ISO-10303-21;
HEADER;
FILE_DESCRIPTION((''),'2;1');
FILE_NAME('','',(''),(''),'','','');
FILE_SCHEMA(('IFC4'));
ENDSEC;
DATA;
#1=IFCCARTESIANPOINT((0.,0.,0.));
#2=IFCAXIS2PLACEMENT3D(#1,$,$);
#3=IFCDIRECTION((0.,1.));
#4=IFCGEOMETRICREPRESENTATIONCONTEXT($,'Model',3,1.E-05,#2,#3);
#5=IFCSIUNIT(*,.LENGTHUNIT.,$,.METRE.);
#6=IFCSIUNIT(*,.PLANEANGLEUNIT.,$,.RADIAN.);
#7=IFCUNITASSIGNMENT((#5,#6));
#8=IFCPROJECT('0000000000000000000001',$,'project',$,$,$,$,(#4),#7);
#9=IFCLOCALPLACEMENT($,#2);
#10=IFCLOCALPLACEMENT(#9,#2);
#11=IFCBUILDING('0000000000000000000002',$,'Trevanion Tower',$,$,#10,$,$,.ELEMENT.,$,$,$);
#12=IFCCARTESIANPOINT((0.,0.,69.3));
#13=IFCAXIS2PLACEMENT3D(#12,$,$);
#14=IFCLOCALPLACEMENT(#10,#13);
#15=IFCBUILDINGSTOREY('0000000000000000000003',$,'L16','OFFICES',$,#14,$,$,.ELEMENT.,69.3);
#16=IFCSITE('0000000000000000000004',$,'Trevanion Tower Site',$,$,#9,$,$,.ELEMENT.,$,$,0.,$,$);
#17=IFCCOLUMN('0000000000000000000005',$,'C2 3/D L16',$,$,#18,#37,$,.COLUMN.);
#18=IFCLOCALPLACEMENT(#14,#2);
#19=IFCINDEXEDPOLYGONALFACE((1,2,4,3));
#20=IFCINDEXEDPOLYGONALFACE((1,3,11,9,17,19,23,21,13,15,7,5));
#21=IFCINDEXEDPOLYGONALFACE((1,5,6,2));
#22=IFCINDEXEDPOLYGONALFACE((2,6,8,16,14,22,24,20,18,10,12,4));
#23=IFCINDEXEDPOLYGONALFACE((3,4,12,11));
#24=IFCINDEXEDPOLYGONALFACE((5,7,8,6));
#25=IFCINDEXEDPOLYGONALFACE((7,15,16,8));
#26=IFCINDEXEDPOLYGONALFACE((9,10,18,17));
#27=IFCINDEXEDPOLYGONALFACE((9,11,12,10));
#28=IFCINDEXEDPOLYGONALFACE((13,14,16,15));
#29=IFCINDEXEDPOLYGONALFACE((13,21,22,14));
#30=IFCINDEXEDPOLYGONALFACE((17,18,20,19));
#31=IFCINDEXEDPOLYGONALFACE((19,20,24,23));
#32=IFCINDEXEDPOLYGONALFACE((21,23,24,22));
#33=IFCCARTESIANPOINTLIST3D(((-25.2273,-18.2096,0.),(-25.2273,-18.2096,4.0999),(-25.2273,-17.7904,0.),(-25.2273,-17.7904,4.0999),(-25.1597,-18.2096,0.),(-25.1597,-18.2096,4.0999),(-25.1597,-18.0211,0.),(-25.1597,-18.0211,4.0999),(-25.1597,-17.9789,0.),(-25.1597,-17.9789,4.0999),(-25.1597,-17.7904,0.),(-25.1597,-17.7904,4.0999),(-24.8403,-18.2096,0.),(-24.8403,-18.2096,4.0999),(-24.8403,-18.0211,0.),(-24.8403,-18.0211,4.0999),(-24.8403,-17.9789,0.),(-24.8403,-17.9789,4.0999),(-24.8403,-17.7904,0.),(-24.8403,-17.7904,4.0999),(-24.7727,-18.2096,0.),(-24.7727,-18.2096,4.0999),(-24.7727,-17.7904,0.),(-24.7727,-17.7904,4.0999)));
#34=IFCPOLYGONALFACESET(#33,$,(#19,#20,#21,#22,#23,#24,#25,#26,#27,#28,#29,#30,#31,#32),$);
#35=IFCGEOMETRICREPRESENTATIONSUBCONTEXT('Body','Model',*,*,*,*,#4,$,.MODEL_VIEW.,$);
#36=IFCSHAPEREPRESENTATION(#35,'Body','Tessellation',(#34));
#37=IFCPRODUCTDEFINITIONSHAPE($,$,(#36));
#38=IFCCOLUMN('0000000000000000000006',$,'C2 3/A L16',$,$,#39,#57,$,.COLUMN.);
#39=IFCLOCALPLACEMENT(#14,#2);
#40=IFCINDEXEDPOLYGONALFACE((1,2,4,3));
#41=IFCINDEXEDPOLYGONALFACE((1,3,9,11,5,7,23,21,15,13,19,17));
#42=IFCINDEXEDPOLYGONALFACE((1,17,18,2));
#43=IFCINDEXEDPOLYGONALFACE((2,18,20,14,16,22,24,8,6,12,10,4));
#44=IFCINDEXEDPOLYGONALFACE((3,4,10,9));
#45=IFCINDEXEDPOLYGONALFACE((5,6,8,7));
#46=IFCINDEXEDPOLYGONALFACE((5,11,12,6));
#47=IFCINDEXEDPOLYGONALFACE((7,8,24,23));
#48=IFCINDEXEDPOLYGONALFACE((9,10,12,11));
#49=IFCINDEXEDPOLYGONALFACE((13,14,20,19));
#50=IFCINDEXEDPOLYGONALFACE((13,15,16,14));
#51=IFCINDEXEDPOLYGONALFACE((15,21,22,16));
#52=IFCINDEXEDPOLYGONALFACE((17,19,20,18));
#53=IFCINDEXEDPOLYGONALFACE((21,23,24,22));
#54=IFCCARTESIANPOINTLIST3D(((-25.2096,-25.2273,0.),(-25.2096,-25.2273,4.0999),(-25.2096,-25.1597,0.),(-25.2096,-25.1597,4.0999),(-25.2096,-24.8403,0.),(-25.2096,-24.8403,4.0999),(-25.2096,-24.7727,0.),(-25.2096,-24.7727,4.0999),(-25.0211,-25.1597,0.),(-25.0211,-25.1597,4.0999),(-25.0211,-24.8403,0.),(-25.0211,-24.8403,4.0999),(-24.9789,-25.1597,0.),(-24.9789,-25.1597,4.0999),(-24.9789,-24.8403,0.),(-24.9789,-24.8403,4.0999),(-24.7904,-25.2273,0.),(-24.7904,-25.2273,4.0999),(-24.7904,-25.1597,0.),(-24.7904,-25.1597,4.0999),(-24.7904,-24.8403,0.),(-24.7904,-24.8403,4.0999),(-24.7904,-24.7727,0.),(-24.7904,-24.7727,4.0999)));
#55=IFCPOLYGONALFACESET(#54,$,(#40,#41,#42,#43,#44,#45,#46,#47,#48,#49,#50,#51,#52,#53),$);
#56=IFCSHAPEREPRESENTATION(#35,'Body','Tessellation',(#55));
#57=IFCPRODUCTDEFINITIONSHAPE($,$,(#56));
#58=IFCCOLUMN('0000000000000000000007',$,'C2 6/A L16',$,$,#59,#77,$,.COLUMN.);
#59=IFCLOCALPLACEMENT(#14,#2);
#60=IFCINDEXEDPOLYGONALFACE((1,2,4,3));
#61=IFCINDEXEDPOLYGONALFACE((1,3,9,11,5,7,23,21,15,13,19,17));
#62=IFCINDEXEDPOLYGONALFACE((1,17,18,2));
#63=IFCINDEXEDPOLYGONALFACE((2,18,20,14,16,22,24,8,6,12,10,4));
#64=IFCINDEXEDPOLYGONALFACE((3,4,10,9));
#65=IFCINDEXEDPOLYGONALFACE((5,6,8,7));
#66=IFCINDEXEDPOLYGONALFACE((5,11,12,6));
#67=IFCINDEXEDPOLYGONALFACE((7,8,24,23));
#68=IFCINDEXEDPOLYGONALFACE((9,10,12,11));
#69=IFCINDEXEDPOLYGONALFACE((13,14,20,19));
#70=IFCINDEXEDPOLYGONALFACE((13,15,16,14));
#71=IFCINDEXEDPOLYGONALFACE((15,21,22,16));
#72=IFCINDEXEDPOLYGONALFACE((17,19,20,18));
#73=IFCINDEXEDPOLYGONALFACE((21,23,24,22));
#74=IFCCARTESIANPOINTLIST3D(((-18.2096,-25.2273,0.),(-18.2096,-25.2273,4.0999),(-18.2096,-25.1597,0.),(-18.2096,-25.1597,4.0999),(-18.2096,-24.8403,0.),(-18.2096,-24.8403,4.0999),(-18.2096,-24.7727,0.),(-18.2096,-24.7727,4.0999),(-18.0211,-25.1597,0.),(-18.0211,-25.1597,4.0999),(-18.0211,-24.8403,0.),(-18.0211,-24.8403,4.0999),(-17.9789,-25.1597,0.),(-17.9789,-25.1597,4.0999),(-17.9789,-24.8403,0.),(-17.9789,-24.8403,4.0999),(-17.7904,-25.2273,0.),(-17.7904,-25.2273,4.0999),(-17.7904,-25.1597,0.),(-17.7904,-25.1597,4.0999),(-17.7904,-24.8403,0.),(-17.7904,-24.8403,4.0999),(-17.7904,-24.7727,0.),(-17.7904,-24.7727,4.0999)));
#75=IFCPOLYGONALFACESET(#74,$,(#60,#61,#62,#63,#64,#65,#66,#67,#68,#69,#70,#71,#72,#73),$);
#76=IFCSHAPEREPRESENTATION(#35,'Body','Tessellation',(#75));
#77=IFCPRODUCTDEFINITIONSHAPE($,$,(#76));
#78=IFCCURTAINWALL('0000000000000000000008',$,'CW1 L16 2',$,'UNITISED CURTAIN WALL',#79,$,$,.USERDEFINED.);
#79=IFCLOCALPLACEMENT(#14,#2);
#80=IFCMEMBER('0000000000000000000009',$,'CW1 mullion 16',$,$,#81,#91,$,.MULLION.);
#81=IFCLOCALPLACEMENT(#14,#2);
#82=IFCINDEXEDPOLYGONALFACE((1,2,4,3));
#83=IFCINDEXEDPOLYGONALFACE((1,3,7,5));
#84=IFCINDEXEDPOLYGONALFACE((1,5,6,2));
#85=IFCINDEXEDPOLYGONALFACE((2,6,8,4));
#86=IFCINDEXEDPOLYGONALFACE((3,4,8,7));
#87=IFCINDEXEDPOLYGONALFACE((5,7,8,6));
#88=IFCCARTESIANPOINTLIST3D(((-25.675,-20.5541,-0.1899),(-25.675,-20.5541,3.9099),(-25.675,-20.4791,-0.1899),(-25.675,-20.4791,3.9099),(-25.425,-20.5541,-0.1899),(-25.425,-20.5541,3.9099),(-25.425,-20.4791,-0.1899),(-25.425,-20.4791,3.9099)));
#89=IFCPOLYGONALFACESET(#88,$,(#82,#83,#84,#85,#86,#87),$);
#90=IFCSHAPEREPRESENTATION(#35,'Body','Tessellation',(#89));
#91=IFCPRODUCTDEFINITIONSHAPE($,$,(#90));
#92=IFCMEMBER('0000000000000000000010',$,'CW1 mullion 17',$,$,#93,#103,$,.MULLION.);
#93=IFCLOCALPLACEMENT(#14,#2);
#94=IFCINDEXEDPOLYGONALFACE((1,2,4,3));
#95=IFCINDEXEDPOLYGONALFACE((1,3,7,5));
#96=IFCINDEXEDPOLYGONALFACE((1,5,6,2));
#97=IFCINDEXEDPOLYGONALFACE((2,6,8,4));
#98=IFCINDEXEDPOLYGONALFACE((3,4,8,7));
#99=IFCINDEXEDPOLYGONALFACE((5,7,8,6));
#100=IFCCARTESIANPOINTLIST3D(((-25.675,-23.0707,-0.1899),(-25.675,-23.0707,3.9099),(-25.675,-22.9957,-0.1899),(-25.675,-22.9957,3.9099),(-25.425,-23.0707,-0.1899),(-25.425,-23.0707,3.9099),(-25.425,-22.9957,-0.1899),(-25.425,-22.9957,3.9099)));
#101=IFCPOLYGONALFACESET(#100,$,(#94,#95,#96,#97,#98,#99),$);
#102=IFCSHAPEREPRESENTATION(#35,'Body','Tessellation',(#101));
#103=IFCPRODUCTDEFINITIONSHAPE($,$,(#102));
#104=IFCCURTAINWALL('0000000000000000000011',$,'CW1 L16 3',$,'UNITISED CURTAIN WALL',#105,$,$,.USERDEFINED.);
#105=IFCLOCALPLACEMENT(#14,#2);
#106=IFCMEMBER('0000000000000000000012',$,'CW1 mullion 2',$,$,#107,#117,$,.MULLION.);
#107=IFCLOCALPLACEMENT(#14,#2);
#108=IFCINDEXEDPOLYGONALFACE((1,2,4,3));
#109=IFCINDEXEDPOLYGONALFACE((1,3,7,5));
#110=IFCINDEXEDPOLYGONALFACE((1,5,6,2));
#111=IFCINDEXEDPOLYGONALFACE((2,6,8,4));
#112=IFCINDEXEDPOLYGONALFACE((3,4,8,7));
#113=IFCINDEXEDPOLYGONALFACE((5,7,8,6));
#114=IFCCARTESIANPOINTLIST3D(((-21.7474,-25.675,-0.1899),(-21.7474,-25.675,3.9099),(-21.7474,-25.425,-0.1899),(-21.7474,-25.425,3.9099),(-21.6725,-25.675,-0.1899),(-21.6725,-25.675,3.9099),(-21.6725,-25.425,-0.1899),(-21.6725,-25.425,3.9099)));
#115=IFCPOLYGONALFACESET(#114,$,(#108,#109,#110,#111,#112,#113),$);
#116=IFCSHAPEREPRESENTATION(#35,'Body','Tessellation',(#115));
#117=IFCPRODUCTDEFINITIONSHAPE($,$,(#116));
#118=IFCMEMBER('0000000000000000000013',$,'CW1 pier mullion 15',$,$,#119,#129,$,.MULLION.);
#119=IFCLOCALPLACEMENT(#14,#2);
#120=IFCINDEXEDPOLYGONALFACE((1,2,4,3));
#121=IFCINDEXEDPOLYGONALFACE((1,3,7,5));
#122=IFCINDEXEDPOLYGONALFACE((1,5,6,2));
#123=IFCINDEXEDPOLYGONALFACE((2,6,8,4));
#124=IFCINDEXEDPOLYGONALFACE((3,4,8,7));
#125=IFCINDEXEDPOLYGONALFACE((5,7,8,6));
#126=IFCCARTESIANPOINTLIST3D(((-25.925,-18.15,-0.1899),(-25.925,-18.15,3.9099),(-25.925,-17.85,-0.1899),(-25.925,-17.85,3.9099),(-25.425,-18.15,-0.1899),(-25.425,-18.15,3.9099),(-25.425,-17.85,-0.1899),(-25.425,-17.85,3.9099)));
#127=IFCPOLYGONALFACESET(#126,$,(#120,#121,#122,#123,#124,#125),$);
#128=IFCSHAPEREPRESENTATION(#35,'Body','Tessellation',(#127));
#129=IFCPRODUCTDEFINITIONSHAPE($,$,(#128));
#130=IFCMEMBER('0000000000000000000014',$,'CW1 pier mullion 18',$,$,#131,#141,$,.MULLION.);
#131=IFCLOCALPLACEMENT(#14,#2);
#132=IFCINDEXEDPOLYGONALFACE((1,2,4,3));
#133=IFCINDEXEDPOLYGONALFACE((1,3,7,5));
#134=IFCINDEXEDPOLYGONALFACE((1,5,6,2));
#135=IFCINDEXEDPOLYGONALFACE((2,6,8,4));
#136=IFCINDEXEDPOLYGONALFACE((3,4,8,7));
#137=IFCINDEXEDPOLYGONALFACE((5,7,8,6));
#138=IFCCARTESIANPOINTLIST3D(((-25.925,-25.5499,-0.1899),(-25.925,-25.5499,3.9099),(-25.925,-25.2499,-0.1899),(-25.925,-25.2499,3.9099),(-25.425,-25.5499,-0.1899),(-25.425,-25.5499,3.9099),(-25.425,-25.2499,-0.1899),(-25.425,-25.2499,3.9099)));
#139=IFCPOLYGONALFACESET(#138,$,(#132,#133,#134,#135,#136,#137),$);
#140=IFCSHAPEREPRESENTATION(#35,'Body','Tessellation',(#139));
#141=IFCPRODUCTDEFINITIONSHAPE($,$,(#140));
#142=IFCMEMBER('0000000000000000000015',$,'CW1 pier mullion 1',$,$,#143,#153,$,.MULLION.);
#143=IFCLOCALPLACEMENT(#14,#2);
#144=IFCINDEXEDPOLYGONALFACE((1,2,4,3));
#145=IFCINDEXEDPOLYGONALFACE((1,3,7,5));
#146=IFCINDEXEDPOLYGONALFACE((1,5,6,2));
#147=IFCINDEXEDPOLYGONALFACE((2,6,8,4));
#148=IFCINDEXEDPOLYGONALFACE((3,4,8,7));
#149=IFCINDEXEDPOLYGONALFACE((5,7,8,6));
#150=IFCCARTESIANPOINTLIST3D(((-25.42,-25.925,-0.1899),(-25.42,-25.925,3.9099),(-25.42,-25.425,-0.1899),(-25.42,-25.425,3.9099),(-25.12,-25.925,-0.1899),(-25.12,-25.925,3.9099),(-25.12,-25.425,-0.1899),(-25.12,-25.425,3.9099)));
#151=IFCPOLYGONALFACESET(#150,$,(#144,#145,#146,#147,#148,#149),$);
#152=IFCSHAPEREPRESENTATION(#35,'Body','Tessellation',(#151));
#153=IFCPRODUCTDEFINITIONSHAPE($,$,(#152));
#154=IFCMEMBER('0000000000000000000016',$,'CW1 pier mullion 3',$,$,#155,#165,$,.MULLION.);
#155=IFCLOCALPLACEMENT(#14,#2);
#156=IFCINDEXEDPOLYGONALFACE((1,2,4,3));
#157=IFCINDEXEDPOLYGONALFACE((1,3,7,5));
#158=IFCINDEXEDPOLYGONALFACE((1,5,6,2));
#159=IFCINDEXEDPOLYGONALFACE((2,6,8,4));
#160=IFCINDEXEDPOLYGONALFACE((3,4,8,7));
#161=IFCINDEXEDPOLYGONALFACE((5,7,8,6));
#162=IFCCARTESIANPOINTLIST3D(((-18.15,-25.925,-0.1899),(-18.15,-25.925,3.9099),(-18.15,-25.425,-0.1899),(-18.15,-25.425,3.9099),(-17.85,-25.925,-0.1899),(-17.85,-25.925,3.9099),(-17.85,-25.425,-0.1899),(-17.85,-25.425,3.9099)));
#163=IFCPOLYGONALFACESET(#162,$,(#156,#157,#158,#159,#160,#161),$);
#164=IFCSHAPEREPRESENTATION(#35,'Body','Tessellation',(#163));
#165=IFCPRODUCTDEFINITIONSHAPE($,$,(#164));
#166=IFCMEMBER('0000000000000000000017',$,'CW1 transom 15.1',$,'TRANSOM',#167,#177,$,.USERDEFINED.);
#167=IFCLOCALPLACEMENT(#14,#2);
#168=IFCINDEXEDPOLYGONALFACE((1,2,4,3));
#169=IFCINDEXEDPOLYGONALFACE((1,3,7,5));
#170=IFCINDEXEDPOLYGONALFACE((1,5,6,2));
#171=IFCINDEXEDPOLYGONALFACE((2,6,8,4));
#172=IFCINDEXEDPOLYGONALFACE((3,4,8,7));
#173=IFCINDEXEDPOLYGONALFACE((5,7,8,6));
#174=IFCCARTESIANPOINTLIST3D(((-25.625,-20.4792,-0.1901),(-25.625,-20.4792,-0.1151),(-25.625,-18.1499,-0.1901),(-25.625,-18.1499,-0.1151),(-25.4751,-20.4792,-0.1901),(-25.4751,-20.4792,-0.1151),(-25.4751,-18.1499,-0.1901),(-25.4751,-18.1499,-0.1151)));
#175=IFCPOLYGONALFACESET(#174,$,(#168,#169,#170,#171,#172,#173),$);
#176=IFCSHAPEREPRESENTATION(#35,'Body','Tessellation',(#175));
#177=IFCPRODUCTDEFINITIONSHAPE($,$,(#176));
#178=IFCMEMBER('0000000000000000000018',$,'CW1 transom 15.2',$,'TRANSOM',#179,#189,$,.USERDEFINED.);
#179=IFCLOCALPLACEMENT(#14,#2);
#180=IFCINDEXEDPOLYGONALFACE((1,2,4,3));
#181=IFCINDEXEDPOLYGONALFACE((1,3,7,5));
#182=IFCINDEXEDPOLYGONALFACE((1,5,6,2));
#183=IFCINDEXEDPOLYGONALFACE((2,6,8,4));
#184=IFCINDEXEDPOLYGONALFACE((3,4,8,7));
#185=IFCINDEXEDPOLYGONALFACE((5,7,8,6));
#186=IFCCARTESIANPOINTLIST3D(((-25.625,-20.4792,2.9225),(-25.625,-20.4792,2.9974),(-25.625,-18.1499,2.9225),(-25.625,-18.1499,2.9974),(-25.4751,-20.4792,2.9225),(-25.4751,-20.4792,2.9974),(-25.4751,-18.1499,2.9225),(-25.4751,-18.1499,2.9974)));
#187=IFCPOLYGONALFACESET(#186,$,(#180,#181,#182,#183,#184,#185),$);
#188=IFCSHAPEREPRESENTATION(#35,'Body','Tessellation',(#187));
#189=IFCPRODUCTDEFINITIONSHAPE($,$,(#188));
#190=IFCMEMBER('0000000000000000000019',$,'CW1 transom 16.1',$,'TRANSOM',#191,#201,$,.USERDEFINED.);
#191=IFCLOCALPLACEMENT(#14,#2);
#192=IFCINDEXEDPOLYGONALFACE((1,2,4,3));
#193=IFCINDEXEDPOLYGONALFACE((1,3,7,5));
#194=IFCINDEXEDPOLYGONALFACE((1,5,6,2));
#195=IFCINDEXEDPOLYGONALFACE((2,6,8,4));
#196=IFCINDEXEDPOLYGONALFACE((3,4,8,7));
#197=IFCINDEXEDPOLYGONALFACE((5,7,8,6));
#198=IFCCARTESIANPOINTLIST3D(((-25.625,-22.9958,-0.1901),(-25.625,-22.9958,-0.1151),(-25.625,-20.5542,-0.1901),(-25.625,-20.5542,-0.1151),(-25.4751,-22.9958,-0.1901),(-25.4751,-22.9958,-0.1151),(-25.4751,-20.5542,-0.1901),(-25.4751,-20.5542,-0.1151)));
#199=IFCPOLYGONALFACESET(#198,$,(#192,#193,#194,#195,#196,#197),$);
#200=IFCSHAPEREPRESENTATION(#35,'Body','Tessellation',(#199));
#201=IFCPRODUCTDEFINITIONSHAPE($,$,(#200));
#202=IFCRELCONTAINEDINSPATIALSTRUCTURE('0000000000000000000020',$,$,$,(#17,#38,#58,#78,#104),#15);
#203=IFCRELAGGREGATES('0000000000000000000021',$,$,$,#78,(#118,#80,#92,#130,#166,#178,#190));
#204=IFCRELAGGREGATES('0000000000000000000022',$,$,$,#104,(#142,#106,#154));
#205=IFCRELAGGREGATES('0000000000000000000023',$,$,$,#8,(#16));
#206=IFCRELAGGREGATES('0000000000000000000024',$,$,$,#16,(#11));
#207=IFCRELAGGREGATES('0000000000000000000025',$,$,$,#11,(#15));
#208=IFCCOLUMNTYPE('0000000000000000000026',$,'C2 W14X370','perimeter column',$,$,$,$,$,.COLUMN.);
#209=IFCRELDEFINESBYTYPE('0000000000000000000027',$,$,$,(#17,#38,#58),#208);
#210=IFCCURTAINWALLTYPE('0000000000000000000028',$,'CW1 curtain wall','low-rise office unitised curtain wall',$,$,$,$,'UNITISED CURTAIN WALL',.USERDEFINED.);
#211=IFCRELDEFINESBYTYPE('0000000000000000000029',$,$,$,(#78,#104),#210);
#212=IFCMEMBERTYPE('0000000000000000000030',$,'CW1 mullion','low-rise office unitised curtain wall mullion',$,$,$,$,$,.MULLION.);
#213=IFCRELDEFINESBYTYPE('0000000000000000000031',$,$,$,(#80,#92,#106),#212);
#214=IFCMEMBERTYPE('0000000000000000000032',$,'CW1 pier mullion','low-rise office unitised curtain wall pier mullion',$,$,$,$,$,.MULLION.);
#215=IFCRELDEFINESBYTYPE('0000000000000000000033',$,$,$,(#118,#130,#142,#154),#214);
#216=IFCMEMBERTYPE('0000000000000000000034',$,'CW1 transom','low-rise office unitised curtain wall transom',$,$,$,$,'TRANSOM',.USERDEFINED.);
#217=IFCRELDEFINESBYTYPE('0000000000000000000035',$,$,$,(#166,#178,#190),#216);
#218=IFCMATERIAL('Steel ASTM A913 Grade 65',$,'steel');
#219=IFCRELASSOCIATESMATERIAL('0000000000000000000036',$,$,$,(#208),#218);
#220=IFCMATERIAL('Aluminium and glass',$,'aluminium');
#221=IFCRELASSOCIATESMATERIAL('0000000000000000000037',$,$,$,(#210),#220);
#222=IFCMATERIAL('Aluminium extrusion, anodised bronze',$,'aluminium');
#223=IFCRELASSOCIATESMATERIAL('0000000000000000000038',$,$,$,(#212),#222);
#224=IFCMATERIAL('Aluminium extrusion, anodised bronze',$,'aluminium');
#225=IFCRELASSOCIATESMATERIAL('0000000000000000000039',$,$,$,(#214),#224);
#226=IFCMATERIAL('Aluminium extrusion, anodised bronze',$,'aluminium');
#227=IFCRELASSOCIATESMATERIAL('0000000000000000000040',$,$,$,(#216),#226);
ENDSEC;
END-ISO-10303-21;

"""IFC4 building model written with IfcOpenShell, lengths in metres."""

from ifc_helpers import new_model, si_unit, direction, frame, origin, origin_2d, place, context, subcontext, project, spatial, rectangle, i_section, extrude, material, material_profile, profile_set, type_object, element, aggregate, save


model = new_model("IFC4")

# Units and contexts
model_context = context("Model", 3, precision=1e-05, world=origin(), true_north=direction((0.0, 1.0)))
body_context = subcontext(model_context, "Body", "Model", "MODEL_VIEW")
ifc_project = project(units=[si_unit("LENGTHUNIT", "METRE"), si_unit("PLANEANGLEUNIT", "RADIAN")], contexts=[model_context])

# Site, building, storey
site_placement = place(None, origin())
site = spatial("IfcSite", under=ifc_project, at=site_placement, Name="Trevanion Tower Site", CompositionType="ELEMENT", RefElevation=0.0)
building_placement = place(site_placement, origin())
building = spatial("IfcBuilding", under=site, at=building_placement, Name="Trevanion Tower", CompositionType="ELEMENT")
storey_placement = place(building_placement, frame((0.0, 0.0, 69.3)))
storey = spatial("IfcBuildingStorey", under=building, at=storey_placement, Name="L16", Description="OFFICES", CompositionType="ELEMENT", Elevation=69.3)

# Columns
ifc_material_1 = material(Name="Steel ASTM A913 Grade 65", Category="steel")
ifc_material_profile_1 = material_profile(ifc_material_1, i_section(OverallWidth=0.4192, OverallDepth=0.4546, WebThickness=0.0422, FlangeThickness=0.0676, at=origin_2d()), Name="W14X370")
ifc_profile_set_1 = profile_set([ifc_material_profile_1], Name="Steel ASTM A913 Grade 65")
column_type = type_object("IfcColumnType", Name="C2 W14X370", Description="perimeter column", PredefinedType="COLUMN", material=ifc_profile_set_1)
for number, where, z_axis, x_axis, name in (
    (1, (-25.0, -18.0, 0.0), (0.0, 0.0, 1.0), (0.0, 1.0, 0.0), "C2 3/D L16"),
    (2, (-25.0, -25.0, 0.0), (0.0, 0.0, 1.0), (1.0, 0.0, 0.0), "C2 3/A L16"),
    (3, (-18.0, -25.0, 0.0), (0.0, 0.0, 1.0), (1.0, 0.0, 0.0), "C2 6/A L16"),
):
    element("IfcColumn", number, at=place(storey_placement, frame(where, z_axis=z_axis, x_axis=x_axis)), inside=storey, type_object=column_type, Name=name, PredefinedType="COLUMN", context=body_context, shape_type="SweptSolid", body=[
        extrude(i_section(OverallWidth=0.4192, OverallDepth=0.4546, WebThickness=0.0422, FlangeThickness=0.0676, at=origin_2d()), origin(), (0.0, 0.0, 1.0), 4.0999),
    ])

# Curtain wall, members
ifc_material_2 = material(Name="Aluminium and glass", Category="aluminium")
curtain_wall_type = type_object("IfcCurtainWallType", Name="CW1 curtain wall", Description="low-rise office unitised curtain wall", ElementType="UNITISED CURTAIN WALL", PredefinedType="USERDEFINED", material=ifc_material_2)
curtain_wall_1_placement = place(storey_placement, origin())
curtain_wall_1 = element("IfcCurtainWall", 4, at=curtain_wall_1_placement, inside=storey, type_object=curtain_wall_type, Name="CW1 L16 2", ObjectType="UNITISED CURTAIN WALL", PredefinedType="USERDEFINED")
ifc_material_3 = material(Name="Aluminium extrusion, anodised bronze", Category="aluminium")
ifc_material_profile_2 = material_profile(ifc_material_3, rectangle(XDim=0.075, YDim=0.25, at=origin_2d()), Name="CW1 mullion")
ifc_profile_set_2 = profile_set([ifc_material_profile_2], Name="Aluminium extrusion, anodised bronze")
member_type_1 = type_object("IfcMemberType", Name="CW1 mullion", Description="low-rise office unitised curtain wall mullion", PredefinedType="MULLION", material=ifc_profile_set_2)
member_1_placement = place(storey_placement, frame((-25.55, -20.5166, -0.1899), z_axis=(0.0, 0.0, 1.0), x_axis=(0.0, -1.0, 0.0)))
member_1 = element("IfcMember", 5, at=member_1_placement, type_object=member_type_1, Name="CW1 mullion 16", PredefinedType="MULLION", context=body_context, shape_type="SweptSolid", body=[
    extrude(rectangle(XDim=0.075, YDim=0.25, at=origin_2d()), origin(), (0.0, 0.0, 1.0), 4.0999),
])
member_2_placement = place(storey_placement, frame((-25.55, -23.0332, -0.1899), z_axis=(0.0, 0.0, 1.0), x_axis=(0.0, -1.0, 0.0)))
member_2 = element("IfcMember", 6, at=member_2_placement, type_object=member_type_1, Name="CW1 mullion 17", PredefinedType="MULLION", context=body_context, shape_type="SweptSolid", body=[
    extrude(rectangle(XDim=0.075, YDim=0.25, at=origin_2d()), origin(), (0.0, 0.0, 1.0), 4.0999),
])

# Curtain wall, member
curtain_wall_2_placement = place(storey_placement, origin())
curtain_wall_2 = element("IfcCurtainWall", 7, at=curtain_wall_2_placement, inside=storey, type_object=curtain_wall_type, Name="CW1 L16 3", ObjectType="UNITISED CURTAIN WALL", PredefinedType="USERDEFINED")
member_3_placement = place(storey_placement, frame((-21.71, -25.55, -0.1899), z_axis=(0.0, 0.0, 1.0), x_axis=(1.0, 0.0, 0.0)))
member_3 = element("IfcMember", 8, at=member_3_placement, type_object=member_type_1, Name="CW1 mullion 2", PredefinedType="MULLION", context=body_context, shape_type="SweptSolid", body=[
    extrude(rectangle(XDim=0.075, YDim=0.25, at=origin_2d()), origin(), (0.0, 0.0, 1.0), 4.0999),
])

# Members
ifc_material_4 = material(Name="Aluminium extrusion, anodised bronze", Category="aluminium")
ifc_material_profile_3 = material_profile(ifc_material_4, rectangle(XDim=0.3, YDim=0.5, at=origin_2d()), Name="CW1 pier mullion")
ifc_profile_set_3 = profile_set([ifc_material_profile_3], Name="Aluminium extrusion, anodised bronze")
member_type_2 = type_object("IfcMemberType", Name="CW1 pier mullion", Description="low-rise office unitised curtain wall pier mullion", PredefinedType="MULLION", material=ifc_profile_set_3)
member_4_placement = place(storey_placement, frame((-25.675, -18.0, -0.1899), z_axis=(0.0, 0.0, 1.0), x_axis=(0.0, -1.0, 0.0)))
member_4 = element("IfcMember", 9, at=member_4_placement, type_object=member_type_2, Name="CW1 pier mullion 15", PredefinedType="MULLION", context=body_context, shape_type="SweptSolid", body=[
    extrude(rectangle(XDim=0.3, YDim=0.5, at=origin_2d()), origin(), (0.0, 0.0, 1.0), 4.0999),
])
member_5_placement = place(storey_placement, frame((-25.675, -25.3999, -0.1899), z_axis=(0.0, 0.0, 1.0), x_axis=(0.0, -1.0, 0.0)))
member_5 = element("IfcMember", 10, at=member_5_placement, type_object=member_type_2, Name="CW1 pier mullion 18", PredefinedType="MULLION", context=body_context, shape_type="SweptSolid", body=[
    extrude(rectangle(XDim=0.3, YDim=0.5, at=origin_2d()), origin(), (0.0, 0.0, 1.0), 4.0999),
])
member_6_placement = place(storey_placement, frame((-25.27, -25.675, -0.1899), z_axis=(0.0, 0.0, 1.0), x_axis=(1.0, 0.0, 0.0)))
member_6 = element("IfcMember", 11, at=member_6_placement, type_object=member_type_2, Name="CW1 pier mullion 1", PredefinedType="MULLION", context=body_context, shape_type="SweptSolid", body=[
    extrude(rectangle(XDim=0.3, YDim=0.5, at=origin_2d()), origin(), (0.0, 0.0, 1.0), 4.0999),
])
member_7_placement = place(storey_placement, frame((-18.0, -25.675, -0.1899), z_axis=(0.0, 0.0, 1.0), x_axis=(1.0, 0.0, 0.0)))
member_7 = element("IfcMember", 12, at=member_7_placement, type_object=member_type_2, Name="CW1 pier mullion 3", PredefinedType="MULLION", context=body_context, shape_type="SweptSolid", body=[
    extrude(rectangle(XDim=0.3, YDim=0.5, at=origin_2d()), origin(), (0.0, 0.0, 1.0), 4.0999),
])
ifc_material_5 = material(Name="Aluminium extrusion, anodised bronze", Category="aluminium")
ifc_material_profile_4 = material_profile(ifc_material_5, rectangle(XDim=0.1499, YDim=0.075, at=origin_2d()), Name="CW1 transom")
ifc_profile_set_4 = profile_set([ifc_material_profile_4], Name="Aluminium extrusion, anodised bronze")
member_type_3 = type_object("IfcMemberType", Name="CW1 transom", Description="low-rise office unitised curtain wall transom", ElementType="TRANSOM", PredefinedType="USERDEFINED", material=ifc_profile_set_4)
member_8_placement = place(storey_placement, frame((-25.55, -18.1499, -0.1526), z_axis=(0.0, -1.0, 0.0), x_axis=(1.0, 0.0, 0.0)))
member_8 = element("IfcMember", 13, at=member_8_placement, type_object=member_type_3, Name="CW1 transom 15.1", ObjectType="TRANSOM", PredefinedType="USERDEFINED", context=body_context, shape_type="SweptSolid", body=[
    extrude(rectangle(XDim=0.1499, YDim=0.075, at=origin_2d()), origin(), (0.0, 0.0, 1.0), 2.3293),
])
member_9_placement = place(storey_placement, frame((-25.55, -18.1499, 2.96), z_axis=(0.0, -1.0, 0.0), x_axis=(1.0, 0.0, 0.0)))
member_9 = element("IfcMember", 14, at=member_9_placement, type_object=member_type_3, Name="CW1 transom 15.2", ObjectType="TRANSOM", PredefinedType="USERDEFINED", context=body_context, shape_type="SweptSolid", body=[
    extrude(rectangle(XDim=0.1499, YDim=0.075, at=origin_2d()), origin(), (0.0, 0.0, 1.0), 2.3293),
])
member_10_placement = place(storey_placement, frame((-25.55, -20.5542, -0.1526), z_axis=(0.0, -1.0, 0.0), x_axis=(1.0, 0.0, 0.0)))
member_10 = element("IfcMember", 15, at=member_10_placement, type_object=member_type_3, Name="CW1 transom 16.1", ObjectType="TRANSOM", PredefinedType="USERDEFINED", context=body_context, shape_type="SweptSolid", body=[
    extrude(rectangle(XDim=0.1499, YDim=0.075, at=origin_2d()), origin(), (0.0, 0.0, 1.0), 2.4417),
])

aggregate(curtain_wall_1, [member_4, member_1, member_2, member_5, member_8, member_9, member_10])
aggregate(curtain_wall_2, [member_6, member_3, member_7])

save(model, "model.ifc")
